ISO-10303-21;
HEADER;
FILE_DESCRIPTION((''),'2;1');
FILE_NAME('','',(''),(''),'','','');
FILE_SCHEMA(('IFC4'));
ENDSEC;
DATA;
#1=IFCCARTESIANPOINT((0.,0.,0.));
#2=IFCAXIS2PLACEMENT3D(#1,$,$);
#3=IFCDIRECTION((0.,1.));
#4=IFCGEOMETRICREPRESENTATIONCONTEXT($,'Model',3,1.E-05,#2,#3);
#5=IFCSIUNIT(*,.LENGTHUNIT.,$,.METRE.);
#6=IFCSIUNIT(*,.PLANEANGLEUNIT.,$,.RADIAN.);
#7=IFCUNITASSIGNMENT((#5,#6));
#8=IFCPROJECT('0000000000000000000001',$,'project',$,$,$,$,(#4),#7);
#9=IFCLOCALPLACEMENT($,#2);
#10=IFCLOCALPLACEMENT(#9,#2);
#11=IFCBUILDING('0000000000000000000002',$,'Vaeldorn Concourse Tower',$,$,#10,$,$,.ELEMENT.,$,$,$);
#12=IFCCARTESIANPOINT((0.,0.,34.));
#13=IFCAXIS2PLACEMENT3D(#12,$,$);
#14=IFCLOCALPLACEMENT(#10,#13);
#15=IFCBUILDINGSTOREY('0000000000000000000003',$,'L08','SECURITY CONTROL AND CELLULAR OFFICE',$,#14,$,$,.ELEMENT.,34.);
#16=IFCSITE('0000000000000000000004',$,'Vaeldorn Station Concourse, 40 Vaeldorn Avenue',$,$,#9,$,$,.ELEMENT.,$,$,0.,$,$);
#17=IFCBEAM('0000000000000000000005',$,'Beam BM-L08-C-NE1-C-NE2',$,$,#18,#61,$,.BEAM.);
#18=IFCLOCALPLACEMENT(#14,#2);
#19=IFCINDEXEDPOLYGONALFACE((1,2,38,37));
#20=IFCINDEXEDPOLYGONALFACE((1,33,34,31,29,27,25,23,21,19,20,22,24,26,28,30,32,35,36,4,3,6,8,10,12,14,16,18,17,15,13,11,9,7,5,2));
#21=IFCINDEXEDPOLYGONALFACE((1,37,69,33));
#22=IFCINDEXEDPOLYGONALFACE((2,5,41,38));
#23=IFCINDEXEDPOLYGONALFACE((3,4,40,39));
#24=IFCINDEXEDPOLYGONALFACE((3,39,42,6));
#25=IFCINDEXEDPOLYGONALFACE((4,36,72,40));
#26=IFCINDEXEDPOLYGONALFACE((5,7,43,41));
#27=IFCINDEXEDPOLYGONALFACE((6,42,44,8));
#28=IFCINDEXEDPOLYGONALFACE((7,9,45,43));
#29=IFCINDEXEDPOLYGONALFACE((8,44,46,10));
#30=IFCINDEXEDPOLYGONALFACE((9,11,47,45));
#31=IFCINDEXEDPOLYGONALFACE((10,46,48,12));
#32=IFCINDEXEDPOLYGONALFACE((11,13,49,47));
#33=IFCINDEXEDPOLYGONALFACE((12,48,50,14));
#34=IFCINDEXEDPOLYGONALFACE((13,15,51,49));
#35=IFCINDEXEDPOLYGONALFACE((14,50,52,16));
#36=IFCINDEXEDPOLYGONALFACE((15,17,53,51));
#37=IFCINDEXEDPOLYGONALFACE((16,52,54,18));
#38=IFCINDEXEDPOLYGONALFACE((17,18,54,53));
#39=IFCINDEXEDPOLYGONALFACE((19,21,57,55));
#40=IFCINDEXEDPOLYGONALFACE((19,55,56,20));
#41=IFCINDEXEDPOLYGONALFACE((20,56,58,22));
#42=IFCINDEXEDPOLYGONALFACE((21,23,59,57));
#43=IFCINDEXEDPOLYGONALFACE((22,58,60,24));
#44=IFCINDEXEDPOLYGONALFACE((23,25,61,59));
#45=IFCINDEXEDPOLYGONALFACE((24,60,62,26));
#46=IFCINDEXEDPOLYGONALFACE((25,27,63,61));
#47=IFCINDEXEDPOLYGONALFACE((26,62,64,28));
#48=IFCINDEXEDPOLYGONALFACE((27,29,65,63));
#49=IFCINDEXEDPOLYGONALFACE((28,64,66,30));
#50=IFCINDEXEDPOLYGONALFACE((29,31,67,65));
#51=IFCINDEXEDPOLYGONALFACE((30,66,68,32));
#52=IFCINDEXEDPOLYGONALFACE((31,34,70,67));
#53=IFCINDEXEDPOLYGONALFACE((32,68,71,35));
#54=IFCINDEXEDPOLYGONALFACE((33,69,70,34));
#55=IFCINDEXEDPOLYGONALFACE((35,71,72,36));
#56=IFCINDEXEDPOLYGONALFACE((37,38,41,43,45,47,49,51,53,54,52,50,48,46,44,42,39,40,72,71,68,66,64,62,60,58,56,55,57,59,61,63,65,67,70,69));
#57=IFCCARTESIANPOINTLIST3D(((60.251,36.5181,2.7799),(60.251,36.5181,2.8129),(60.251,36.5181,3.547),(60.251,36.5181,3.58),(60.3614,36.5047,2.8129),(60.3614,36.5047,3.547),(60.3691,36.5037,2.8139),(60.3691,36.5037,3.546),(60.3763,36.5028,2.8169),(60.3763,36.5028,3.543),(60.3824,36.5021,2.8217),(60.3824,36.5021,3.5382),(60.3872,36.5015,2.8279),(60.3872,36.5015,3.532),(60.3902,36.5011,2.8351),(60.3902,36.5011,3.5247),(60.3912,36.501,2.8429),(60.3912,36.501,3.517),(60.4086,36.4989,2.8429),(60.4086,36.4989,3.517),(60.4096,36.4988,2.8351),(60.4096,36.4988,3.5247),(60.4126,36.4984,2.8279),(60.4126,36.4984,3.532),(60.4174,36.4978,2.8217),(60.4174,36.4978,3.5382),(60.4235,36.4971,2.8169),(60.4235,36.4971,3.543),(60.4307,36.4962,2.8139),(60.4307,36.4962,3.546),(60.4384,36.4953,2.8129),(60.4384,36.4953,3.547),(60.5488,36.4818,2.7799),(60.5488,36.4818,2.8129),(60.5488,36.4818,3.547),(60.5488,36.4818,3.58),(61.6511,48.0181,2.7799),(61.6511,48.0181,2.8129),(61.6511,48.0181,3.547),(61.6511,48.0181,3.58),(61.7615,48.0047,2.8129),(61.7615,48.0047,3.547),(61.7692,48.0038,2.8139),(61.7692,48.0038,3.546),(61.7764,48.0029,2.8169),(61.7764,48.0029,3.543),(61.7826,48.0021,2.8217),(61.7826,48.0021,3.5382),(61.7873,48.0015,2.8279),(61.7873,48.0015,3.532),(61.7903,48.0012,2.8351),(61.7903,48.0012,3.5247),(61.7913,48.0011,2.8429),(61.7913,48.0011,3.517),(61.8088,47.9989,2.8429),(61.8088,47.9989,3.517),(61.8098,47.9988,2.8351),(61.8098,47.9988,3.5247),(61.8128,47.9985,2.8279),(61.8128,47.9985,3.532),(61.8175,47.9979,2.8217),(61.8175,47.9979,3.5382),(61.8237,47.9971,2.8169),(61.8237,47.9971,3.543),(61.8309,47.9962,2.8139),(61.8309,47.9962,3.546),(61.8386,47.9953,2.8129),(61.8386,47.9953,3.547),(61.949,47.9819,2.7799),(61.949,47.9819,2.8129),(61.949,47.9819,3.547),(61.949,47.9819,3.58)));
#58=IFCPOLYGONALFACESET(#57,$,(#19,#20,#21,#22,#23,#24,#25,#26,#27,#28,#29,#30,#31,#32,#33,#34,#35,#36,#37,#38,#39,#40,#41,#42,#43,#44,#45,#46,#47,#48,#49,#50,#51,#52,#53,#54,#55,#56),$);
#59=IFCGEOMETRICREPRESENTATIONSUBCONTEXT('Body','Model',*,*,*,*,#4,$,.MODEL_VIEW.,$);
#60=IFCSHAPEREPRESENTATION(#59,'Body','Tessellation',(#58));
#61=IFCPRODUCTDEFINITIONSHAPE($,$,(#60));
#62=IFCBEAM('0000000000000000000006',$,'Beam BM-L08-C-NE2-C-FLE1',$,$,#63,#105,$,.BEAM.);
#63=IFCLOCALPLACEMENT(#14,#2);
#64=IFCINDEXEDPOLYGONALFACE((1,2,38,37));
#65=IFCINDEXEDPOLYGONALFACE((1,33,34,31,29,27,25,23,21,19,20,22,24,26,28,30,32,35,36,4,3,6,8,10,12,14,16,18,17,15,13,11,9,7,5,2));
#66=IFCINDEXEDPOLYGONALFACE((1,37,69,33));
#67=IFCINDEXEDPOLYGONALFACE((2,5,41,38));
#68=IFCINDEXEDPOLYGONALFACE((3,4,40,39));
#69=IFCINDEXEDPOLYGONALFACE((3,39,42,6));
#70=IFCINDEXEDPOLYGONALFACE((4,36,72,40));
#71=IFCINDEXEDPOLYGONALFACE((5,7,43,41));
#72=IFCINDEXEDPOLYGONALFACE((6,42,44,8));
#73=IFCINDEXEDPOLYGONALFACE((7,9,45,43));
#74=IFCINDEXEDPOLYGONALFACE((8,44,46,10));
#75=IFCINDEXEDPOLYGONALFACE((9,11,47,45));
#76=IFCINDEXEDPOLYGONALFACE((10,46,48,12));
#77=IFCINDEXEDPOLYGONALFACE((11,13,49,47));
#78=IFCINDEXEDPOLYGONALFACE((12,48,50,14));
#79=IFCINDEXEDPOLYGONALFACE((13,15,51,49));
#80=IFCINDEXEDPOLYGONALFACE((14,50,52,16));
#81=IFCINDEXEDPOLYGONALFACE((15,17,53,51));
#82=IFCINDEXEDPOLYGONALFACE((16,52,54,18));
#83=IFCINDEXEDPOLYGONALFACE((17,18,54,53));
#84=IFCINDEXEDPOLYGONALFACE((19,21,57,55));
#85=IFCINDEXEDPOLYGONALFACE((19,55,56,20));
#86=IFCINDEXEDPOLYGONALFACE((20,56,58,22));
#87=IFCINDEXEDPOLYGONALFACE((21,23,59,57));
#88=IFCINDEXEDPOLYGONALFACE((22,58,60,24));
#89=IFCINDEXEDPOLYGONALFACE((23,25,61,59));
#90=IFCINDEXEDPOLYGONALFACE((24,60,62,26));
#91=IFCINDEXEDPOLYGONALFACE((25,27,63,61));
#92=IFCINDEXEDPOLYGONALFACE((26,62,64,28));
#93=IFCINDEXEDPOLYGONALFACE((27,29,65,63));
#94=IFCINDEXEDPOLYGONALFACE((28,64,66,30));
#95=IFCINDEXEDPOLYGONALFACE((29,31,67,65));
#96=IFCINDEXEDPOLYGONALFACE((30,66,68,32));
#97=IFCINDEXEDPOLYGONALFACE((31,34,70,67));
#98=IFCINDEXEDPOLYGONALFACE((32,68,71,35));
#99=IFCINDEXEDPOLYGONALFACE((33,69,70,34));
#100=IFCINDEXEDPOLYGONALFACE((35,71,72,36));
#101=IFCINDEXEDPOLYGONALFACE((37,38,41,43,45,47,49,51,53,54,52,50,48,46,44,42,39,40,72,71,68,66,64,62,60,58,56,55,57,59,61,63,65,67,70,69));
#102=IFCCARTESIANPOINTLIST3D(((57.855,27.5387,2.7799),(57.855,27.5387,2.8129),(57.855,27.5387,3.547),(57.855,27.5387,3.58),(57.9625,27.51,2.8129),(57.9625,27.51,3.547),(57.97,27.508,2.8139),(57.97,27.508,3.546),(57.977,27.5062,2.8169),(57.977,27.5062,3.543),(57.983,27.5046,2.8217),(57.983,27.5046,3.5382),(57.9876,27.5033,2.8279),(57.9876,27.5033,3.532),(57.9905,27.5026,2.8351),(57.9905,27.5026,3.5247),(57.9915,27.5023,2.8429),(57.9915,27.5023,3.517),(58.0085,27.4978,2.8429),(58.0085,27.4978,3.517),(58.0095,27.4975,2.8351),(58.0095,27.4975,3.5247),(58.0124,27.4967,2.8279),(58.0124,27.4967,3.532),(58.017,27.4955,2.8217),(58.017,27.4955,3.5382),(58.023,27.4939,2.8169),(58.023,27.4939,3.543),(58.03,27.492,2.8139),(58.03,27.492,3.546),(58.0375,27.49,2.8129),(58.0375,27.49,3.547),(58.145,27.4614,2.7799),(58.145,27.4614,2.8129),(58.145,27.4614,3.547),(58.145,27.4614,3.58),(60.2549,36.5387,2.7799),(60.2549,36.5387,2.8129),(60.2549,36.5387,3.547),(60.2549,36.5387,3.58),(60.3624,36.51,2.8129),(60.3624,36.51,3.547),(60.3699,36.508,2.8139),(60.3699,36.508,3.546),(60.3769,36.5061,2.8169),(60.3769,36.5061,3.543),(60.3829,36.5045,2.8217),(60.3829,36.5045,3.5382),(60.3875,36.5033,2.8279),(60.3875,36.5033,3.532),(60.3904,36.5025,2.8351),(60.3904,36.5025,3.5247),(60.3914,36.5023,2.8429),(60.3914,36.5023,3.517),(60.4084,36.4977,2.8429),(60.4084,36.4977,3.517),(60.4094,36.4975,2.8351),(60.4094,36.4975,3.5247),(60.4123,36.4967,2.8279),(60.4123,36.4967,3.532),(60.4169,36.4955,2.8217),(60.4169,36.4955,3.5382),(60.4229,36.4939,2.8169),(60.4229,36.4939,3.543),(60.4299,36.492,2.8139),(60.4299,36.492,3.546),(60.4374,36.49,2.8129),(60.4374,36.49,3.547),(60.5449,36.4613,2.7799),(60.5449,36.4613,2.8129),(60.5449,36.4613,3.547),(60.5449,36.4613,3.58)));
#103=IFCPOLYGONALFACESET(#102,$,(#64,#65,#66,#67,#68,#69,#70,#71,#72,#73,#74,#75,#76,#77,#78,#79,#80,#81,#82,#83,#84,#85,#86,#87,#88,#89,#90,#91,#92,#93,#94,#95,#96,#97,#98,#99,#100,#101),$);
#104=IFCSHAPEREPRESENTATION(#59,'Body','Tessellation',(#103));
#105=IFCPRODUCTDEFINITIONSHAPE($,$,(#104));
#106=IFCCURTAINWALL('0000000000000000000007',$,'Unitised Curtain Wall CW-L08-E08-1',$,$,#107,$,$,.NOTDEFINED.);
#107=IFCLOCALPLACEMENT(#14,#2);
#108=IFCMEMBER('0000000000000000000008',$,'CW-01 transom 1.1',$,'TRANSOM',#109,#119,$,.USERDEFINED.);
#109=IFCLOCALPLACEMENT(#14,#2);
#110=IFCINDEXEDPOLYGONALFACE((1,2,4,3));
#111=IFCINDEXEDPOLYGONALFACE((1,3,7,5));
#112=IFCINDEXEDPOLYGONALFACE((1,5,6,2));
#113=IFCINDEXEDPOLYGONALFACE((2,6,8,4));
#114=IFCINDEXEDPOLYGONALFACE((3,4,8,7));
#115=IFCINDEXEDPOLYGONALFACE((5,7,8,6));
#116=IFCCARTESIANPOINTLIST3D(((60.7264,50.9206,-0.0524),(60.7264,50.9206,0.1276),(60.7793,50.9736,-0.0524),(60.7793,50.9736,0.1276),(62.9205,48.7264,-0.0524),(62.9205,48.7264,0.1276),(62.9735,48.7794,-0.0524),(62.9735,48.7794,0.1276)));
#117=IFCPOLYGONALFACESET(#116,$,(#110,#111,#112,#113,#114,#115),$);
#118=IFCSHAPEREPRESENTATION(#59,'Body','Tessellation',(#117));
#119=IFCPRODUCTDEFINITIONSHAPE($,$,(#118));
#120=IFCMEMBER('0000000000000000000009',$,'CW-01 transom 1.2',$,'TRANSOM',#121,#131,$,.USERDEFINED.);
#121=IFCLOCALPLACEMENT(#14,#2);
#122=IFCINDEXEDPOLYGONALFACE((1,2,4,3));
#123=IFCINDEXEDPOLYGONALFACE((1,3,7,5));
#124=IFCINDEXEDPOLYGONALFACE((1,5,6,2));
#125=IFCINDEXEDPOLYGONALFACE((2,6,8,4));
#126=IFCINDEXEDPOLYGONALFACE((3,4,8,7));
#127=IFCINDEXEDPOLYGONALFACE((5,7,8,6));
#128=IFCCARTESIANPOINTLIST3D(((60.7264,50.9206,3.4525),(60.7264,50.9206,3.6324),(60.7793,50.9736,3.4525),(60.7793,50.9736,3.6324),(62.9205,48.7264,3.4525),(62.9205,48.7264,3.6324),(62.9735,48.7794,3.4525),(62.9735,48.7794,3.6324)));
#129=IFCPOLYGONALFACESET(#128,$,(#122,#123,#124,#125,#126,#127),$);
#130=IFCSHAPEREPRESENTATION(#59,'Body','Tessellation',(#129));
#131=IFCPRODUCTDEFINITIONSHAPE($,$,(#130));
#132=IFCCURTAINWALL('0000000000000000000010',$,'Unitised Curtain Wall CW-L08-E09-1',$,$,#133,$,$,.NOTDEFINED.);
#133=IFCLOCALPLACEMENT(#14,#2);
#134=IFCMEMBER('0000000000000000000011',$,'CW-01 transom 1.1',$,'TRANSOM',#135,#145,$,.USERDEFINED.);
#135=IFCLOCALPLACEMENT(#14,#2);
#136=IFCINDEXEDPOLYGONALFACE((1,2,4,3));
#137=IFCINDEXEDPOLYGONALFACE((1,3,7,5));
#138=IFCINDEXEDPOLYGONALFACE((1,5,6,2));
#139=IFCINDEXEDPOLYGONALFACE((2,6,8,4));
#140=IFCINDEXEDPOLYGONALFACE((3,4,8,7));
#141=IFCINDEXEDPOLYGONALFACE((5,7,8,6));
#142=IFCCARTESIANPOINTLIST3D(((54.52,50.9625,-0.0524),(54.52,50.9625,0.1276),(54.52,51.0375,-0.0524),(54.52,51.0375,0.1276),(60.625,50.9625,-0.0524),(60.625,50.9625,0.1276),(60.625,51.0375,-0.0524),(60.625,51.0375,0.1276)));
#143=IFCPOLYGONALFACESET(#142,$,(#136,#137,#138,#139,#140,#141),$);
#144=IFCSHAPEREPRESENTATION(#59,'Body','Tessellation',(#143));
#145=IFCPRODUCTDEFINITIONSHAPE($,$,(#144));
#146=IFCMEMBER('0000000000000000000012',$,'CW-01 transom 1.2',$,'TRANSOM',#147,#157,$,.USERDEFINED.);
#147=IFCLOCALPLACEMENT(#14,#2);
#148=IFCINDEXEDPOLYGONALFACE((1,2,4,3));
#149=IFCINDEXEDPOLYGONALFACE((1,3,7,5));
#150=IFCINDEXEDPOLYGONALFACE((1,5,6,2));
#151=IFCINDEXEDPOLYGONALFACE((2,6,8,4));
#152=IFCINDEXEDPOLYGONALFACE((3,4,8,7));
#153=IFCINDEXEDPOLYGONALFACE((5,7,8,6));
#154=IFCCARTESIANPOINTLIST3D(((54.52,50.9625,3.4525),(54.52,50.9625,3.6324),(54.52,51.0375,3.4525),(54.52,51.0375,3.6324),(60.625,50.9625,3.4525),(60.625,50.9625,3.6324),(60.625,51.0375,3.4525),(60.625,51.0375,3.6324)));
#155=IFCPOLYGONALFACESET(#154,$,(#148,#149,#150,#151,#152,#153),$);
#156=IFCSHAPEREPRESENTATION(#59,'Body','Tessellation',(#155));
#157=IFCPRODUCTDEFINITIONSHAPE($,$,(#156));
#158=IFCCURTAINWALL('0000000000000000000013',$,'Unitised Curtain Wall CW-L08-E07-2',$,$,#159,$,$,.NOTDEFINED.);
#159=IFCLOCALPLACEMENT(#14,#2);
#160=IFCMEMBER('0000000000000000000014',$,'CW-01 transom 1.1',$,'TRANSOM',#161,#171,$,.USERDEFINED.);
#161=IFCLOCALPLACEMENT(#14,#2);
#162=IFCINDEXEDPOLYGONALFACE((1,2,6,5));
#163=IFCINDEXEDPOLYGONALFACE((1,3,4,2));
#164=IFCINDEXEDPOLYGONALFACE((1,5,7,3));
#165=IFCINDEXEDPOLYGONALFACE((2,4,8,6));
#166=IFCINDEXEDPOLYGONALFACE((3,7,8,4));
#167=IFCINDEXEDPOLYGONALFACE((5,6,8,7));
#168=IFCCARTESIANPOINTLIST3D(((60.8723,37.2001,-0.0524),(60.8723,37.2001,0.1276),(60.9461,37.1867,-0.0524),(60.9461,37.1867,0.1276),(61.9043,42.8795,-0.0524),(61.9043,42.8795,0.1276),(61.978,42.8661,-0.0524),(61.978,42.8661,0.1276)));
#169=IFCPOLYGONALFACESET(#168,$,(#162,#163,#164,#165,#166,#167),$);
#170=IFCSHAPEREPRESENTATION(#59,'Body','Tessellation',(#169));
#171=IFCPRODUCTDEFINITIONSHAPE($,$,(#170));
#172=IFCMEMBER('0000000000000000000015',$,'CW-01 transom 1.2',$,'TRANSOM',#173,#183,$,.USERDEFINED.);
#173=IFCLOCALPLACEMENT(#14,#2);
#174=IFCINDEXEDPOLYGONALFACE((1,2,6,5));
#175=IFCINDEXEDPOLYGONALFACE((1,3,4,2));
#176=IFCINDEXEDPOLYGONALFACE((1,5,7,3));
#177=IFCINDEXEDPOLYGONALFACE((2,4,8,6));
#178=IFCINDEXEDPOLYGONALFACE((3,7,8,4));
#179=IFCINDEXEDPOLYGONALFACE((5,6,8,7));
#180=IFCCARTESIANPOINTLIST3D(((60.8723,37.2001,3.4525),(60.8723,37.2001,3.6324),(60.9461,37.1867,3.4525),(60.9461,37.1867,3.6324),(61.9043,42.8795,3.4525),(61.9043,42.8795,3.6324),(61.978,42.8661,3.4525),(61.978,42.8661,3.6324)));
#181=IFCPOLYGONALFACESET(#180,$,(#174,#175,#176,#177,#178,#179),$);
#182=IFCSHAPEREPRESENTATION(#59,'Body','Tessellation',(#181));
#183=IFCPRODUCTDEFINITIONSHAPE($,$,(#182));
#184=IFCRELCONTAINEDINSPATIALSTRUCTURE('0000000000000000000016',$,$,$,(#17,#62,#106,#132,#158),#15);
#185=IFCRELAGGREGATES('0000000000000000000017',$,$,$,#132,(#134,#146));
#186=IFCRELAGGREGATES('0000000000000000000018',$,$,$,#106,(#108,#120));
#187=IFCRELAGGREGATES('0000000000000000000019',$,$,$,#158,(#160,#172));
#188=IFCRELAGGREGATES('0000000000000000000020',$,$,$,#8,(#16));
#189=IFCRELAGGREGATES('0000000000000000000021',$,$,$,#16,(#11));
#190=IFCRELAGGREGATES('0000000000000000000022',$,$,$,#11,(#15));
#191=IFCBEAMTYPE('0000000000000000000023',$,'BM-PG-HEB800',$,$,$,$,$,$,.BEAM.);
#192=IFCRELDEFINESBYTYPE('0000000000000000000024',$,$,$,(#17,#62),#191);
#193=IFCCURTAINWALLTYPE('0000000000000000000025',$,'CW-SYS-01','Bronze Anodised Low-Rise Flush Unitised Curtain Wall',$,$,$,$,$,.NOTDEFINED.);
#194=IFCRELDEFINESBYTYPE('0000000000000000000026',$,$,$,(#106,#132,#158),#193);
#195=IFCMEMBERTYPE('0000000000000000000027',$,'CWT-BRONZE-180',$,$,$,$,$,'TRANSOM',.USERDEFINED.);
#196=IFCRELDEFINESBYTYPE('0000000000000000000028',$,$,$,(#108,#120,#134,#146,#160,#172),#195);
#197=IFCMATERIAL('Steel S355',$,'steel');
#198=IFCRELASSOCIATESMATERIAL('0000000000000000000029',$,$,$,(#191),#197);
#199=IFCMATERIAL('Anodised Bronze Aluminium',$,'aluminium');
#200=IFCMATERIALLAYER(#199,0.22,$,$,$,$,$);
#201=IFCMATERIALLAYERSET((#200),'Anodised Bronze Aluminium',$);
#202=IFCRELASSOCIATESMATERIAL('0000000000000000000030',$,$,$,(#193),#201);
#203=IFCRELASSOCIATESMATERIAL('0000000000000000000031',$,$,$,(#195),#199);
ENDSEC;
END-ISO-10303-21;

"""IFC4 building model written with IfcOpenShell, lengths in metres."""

from ifc_helpers import new_model, si_unit, direction, frame, origin, origin_2d, place, context, subcontext, project, spatial, rectangle, i_section, extrude, source, transform, mapped, material, layer, layer_set, material_profile, profile_set, type_object, element, aggregate, save


model = new_model("IFC4")

# Units and contexts
model_context = context("Model", 3, precision=1e-05, world=origin(), true_north=direction((0.0, 1.0)))
body_context = subcontext(model_context, "Body", "Model", "MODEL_VIEW")
ifc_project = project(units=[si_unit("LENGTHUNIT", "METRE"), si_unit("PLANEANGLEUNIT", "RADIAN")], contexts=[model_context])

# Site, building, storey
site_placement = place(None, origin())
site = spatial("IfcSite", under=ifc_project, at=site_placement, Name="Vaeldorn Station Concourse, 40 Vaeldorn Avenue", CompositionType="ELEMENT", RefElevation=0.0)
building_placement = place(site_placement, origin())
building = spatial("IfcBuilding", under=site, at=building_placement, Name="Vaeldorn Concourse Tower", CompositionType="ELEMENT")
storey_placement = place(building_placement, frame((0.0, 0.0, 34.0)))
storey = spatial("IfcBuildingStorey", under=building, at=storey_placement, Name="L08", Description="SECURITY CONTROL AND CELLULAR OFFICE", CompositionType="ELEMENT", Elevation=34.0)

# Beams
ifc_material_1 = material(Name="Steel S355", Category="steel")
ifc_material_profile_1 = material_profile(ifc_material_1, i_section(OverallWidth=0.3, OverallDepth=0.8, WebThickness=0.0176, FlangeThickness=0.033, FilletRadius=0.03, at=origin_2d()), Name="HEB 800")
ifc_profile_set_1 = profile_set([ifc_material_profile_1], Name="Steel S355")
beam_type = type_object("IfcBeamType", Name="BM-PG-HEB800", PredefinedType="BEAM", material=ifc_profile_set_1)
shared_shape_1 = source(origin(), body_context, "Body", "SweptSolid", [
    extrude(i_section(OverallWidth=0.3, OverallDepth=0.8, WebThickness=0.0176, FlangeThickness=0.033, FilletRadius=0.03, at=origin_2d()), origin(), (0.0, 0.0, 1.0), 11.585),
])
beam_1_placement = place(storey_placement, frame((61.8, 48.0, 3.1799), z_axis=(-0.120859, -0.99267, 0.0), x_axis=(0.99267, -0.120859, 0.0)))
element("IfcBeam", 1, at=beam_1_placement, inside=storey, type_object=beam_type, Name="Beam BM-L08-C-NE1-C-NE2", PredefinedType="BEAM", context=body_context, shape_type="MappedRepresentation", body=[
    mapped(shared_shape_1, transform((0.0, 0.0, 0.0), scale=1.0)),
])
shared_shape_2 = source(origin(), body_context, "Body", "SweptSolid", [
    extrude(i_section(OverallWidth=0.3, OverallDepth=0.8, WebThickness=0.0176, FlangeThickness=0.033, FilletRadius=0.03, at=origin_2d()), origin(), (0.0, 0.0, 1.0), 9.3145),
])
beam_2_placement = place(storey_placement, frame((60.3999, 36.5, 3.1799), z_axis=(-0.257653, -0.966238, 0.0), x_axis=(0.966238, -0.257653, 0.0)))
element("IfcBeam", 2, at=beam_2_placement, inside=storey, type_object=beam_type, Name="Beam BM-L08-C-NE2-C-FLE1", PredefinedType="BEAM", context=body_context, shape_type="MappedRepresentation", body=[
    mapped(shared_shape_2, transform((0.0, 0.0, 0.0), scale=1.0)),
])

# Curtain walls, members
ifc_material_2 = material(Name="Anodised Bronze Aluminium", Category="aluminium")
ifc_layer_1 = layer(ifc_material_2, 0.22)
ifc_layer_set_1 = layer_set([ifc_layer_1], Name="Anodised Bronze Aluminium")
curtain_wall_type = type_object("IfcCurtainWallType", Name="CW-SYS-01", Description="Bronze Anodised Low-Rise Flush Unitised Curtain Wall", PredefinedType="NOTDEFINED", material=ifc_layer_set_1)
curtain_wall_1_placement = place(storey_placement, origin())
curtain_wall_1 = element("IfcCurtainWall", 3, at=curtain_wall_1_placement, inside=storey, type_object=curtain_wall_type, Name="Unitised Curtain Wall CW-L08-E08-1", PredefinedType="NOTDEFINED")
ifc_material_profile_2 = material_profile(ifc_material_2, rectangle(XDim=0.075, YDim=0.1799, at=origin_2d()), Name="CWT 75x180")
ifc_profile_set_2 = profile_set([ifc_material_profile_2], Name="Anodised Bronze Aluminium")
member_type_1 = type_object("IfcMemberType", Name="CWT-BRONZE-180", ElementType="TRANSOM", PredefinedType="USERDEFINED", material=ifc_profile_set_2)
shared_shape_3 = source(origin(), body_context, "Body", "SweptSolid", [
    extrude(rectangle(XDim=0.075, YDim=0.1799, at=origin_2d()), origin(), (0.0, 0.0, 1.0), 3.103),
])
member_1_placement = place(storey_placement, frame((62.947, 48.7529, 0.0376), z_axis=(-0.707107, 0.707107, 0.0), x_axis=(-0.707107, -0.707107, 0.0)))
member_1 = element("IfcMember", 4, at=member_1_placement, type_object=member_type_1, Name="CW-01 transom 1.1", ObjectType="TRANSOM", PredefinedType="USERDEFINED", context=body_context, shape_type="MappedRepresentation", body=[
    mapped(shared_shape_3, transform((0.0, 0.0, 0.0), scale=1.0)),
])
member_2_placement = place(storey_placement, frame((62.947, 48.7529, 3.5425), z_axis=(-0.707107, 0.707107, 0.0), x_axis=(-0.707107, -0.707107, 0.0)))
member_2 = element("IfcMember", 5, at=member_2_placement, type_object=member_type_1, Name="CW-01 transom 1.2", ObjectType="TRANSOM", PredefinedType="USERDEFINED", context=body_context, shape_type="MappedRepresentation", body=[
    mapped(shared_shape_3, transform((0.0, 0.0, 0.0), scale=1.0)),
])
curtain_wall_2_placement = place(storey_placement, origin())
curtain_wall_2 = element("IfcCurtainWall", 6, at=curtain_wall_2_placement, inside=storey, type_object=curtain_wall_type, Name="Unitised Curtain Wall CW-L08-E09-1", PredefinedType="NOTDEFINED")
shared_shape_4 = source(origin(), body_context, "Body", "SweptSolid", [
    extrude(rectangle(XDim=0.075, YDim=0.1799, at=origin_2d()), origin(), (0.0, 0.0, 1.0), 6.105),
])
member_3_placement = place(storey_placement, frame((60.625, 51.0, 0.0376), z_axis=(-1.0, 0.0, 0.0), x_axis=(0.0, -1.0, 0.0)))
member_3 = element("IfcMember", 7, at=member_3_placement, type_object=member_type_1, Name="CW-01 transom 1.1", ObjectType="TRANSOM", PredefinedType="USERDEFINED", context=body_context, shape_type="MappedRepresentation", body=[
    mapped(shared_shape_4, transform((0.0, 0.0, 0.0), scale=1.0)),
])
member_4_placement = place(storey_placement, frame((60.625, 51.0, 3.5425), z_axis=(-1.0, 0.0, 0.0), x_axis=(0.0, -1.0, 0.0)))
member_4 = element("IfcMember", 8, at=member_4_placement, type_object=member_type_1, Name="CW-01 transom 1.2", ObjectType="TRANSOM", PredefinedType="USERDEFINED", context=body_context, shape_type="MappedRepresentation", body=[
    mapped(shared_shape_4, transform((0.0, 0.0, 0.0), scale=1.0)),
])
curtain_wall_3_placement = place(storey_placement, origin())
curtain_wall_3 = element("IfcCurtainWall", 9, at=curtain_wall_3_placement, inside=storey, type_object=curtain_wall_type, Name="Unitised Curtain Wall CW-L08-E07-2", PredefinedType="NOTDEFINED")
shared_shape_5 = source(origin(), body_context, "Body", "SweptSolid", [
    extrude(rectangle(XDim=0.075, YDim=0.1799, at=origin_2d()), origin(), (0.0, 0.0, 1.0), 5.7725),
])
member_5_placement = place(storey_placement, frame((60.9092, 37.1934, 0.0376), z_axis=(0.178778, 0.98389, 0.0), x_axis=(-0.98389, 0.178778, 0.0)))
member_5 = element("IfcMember", 10, at=member_5_placement, type_object=member_type_1, Name="CW-01 transom 1.1", ObjectType="TRANSOM", PredefinedType="USERDEFINED", context=body_context, shape_type="MappedRepresentation", body=[
    mapped(shared_shape_5, transform((0.0, 0.0, 0.0), scale=1.0)),
])
member_6_placement = place(storey_placement, frame((60.9092, 37.1934, 3.5425), z_axis=(0.178778, 0.98389, 0.0), x_axis=(-0.98389, 0.178778, 0.0)))
member_6 = element("IfcMember", 11, at=member_6_placement, type_object=member_type_1, Name="CW-01 transom 1.2", ObjectType="TRANSOM", PredefinedType="USERDEFINED", context=body_context, shape_type="MappedRepresentation", body=[
    mapped(shared_shape_5, transform((0.0, 0.0, 0.0), scale=1.0)),
])

aggregate(curtain_wall_2, [member_3, member_4])

aggregate(curtain_wall_1, [member_1, member_2])
aggregate(curtain_wall_3, [member_5, member_6])

save(model, "model.ifc")
